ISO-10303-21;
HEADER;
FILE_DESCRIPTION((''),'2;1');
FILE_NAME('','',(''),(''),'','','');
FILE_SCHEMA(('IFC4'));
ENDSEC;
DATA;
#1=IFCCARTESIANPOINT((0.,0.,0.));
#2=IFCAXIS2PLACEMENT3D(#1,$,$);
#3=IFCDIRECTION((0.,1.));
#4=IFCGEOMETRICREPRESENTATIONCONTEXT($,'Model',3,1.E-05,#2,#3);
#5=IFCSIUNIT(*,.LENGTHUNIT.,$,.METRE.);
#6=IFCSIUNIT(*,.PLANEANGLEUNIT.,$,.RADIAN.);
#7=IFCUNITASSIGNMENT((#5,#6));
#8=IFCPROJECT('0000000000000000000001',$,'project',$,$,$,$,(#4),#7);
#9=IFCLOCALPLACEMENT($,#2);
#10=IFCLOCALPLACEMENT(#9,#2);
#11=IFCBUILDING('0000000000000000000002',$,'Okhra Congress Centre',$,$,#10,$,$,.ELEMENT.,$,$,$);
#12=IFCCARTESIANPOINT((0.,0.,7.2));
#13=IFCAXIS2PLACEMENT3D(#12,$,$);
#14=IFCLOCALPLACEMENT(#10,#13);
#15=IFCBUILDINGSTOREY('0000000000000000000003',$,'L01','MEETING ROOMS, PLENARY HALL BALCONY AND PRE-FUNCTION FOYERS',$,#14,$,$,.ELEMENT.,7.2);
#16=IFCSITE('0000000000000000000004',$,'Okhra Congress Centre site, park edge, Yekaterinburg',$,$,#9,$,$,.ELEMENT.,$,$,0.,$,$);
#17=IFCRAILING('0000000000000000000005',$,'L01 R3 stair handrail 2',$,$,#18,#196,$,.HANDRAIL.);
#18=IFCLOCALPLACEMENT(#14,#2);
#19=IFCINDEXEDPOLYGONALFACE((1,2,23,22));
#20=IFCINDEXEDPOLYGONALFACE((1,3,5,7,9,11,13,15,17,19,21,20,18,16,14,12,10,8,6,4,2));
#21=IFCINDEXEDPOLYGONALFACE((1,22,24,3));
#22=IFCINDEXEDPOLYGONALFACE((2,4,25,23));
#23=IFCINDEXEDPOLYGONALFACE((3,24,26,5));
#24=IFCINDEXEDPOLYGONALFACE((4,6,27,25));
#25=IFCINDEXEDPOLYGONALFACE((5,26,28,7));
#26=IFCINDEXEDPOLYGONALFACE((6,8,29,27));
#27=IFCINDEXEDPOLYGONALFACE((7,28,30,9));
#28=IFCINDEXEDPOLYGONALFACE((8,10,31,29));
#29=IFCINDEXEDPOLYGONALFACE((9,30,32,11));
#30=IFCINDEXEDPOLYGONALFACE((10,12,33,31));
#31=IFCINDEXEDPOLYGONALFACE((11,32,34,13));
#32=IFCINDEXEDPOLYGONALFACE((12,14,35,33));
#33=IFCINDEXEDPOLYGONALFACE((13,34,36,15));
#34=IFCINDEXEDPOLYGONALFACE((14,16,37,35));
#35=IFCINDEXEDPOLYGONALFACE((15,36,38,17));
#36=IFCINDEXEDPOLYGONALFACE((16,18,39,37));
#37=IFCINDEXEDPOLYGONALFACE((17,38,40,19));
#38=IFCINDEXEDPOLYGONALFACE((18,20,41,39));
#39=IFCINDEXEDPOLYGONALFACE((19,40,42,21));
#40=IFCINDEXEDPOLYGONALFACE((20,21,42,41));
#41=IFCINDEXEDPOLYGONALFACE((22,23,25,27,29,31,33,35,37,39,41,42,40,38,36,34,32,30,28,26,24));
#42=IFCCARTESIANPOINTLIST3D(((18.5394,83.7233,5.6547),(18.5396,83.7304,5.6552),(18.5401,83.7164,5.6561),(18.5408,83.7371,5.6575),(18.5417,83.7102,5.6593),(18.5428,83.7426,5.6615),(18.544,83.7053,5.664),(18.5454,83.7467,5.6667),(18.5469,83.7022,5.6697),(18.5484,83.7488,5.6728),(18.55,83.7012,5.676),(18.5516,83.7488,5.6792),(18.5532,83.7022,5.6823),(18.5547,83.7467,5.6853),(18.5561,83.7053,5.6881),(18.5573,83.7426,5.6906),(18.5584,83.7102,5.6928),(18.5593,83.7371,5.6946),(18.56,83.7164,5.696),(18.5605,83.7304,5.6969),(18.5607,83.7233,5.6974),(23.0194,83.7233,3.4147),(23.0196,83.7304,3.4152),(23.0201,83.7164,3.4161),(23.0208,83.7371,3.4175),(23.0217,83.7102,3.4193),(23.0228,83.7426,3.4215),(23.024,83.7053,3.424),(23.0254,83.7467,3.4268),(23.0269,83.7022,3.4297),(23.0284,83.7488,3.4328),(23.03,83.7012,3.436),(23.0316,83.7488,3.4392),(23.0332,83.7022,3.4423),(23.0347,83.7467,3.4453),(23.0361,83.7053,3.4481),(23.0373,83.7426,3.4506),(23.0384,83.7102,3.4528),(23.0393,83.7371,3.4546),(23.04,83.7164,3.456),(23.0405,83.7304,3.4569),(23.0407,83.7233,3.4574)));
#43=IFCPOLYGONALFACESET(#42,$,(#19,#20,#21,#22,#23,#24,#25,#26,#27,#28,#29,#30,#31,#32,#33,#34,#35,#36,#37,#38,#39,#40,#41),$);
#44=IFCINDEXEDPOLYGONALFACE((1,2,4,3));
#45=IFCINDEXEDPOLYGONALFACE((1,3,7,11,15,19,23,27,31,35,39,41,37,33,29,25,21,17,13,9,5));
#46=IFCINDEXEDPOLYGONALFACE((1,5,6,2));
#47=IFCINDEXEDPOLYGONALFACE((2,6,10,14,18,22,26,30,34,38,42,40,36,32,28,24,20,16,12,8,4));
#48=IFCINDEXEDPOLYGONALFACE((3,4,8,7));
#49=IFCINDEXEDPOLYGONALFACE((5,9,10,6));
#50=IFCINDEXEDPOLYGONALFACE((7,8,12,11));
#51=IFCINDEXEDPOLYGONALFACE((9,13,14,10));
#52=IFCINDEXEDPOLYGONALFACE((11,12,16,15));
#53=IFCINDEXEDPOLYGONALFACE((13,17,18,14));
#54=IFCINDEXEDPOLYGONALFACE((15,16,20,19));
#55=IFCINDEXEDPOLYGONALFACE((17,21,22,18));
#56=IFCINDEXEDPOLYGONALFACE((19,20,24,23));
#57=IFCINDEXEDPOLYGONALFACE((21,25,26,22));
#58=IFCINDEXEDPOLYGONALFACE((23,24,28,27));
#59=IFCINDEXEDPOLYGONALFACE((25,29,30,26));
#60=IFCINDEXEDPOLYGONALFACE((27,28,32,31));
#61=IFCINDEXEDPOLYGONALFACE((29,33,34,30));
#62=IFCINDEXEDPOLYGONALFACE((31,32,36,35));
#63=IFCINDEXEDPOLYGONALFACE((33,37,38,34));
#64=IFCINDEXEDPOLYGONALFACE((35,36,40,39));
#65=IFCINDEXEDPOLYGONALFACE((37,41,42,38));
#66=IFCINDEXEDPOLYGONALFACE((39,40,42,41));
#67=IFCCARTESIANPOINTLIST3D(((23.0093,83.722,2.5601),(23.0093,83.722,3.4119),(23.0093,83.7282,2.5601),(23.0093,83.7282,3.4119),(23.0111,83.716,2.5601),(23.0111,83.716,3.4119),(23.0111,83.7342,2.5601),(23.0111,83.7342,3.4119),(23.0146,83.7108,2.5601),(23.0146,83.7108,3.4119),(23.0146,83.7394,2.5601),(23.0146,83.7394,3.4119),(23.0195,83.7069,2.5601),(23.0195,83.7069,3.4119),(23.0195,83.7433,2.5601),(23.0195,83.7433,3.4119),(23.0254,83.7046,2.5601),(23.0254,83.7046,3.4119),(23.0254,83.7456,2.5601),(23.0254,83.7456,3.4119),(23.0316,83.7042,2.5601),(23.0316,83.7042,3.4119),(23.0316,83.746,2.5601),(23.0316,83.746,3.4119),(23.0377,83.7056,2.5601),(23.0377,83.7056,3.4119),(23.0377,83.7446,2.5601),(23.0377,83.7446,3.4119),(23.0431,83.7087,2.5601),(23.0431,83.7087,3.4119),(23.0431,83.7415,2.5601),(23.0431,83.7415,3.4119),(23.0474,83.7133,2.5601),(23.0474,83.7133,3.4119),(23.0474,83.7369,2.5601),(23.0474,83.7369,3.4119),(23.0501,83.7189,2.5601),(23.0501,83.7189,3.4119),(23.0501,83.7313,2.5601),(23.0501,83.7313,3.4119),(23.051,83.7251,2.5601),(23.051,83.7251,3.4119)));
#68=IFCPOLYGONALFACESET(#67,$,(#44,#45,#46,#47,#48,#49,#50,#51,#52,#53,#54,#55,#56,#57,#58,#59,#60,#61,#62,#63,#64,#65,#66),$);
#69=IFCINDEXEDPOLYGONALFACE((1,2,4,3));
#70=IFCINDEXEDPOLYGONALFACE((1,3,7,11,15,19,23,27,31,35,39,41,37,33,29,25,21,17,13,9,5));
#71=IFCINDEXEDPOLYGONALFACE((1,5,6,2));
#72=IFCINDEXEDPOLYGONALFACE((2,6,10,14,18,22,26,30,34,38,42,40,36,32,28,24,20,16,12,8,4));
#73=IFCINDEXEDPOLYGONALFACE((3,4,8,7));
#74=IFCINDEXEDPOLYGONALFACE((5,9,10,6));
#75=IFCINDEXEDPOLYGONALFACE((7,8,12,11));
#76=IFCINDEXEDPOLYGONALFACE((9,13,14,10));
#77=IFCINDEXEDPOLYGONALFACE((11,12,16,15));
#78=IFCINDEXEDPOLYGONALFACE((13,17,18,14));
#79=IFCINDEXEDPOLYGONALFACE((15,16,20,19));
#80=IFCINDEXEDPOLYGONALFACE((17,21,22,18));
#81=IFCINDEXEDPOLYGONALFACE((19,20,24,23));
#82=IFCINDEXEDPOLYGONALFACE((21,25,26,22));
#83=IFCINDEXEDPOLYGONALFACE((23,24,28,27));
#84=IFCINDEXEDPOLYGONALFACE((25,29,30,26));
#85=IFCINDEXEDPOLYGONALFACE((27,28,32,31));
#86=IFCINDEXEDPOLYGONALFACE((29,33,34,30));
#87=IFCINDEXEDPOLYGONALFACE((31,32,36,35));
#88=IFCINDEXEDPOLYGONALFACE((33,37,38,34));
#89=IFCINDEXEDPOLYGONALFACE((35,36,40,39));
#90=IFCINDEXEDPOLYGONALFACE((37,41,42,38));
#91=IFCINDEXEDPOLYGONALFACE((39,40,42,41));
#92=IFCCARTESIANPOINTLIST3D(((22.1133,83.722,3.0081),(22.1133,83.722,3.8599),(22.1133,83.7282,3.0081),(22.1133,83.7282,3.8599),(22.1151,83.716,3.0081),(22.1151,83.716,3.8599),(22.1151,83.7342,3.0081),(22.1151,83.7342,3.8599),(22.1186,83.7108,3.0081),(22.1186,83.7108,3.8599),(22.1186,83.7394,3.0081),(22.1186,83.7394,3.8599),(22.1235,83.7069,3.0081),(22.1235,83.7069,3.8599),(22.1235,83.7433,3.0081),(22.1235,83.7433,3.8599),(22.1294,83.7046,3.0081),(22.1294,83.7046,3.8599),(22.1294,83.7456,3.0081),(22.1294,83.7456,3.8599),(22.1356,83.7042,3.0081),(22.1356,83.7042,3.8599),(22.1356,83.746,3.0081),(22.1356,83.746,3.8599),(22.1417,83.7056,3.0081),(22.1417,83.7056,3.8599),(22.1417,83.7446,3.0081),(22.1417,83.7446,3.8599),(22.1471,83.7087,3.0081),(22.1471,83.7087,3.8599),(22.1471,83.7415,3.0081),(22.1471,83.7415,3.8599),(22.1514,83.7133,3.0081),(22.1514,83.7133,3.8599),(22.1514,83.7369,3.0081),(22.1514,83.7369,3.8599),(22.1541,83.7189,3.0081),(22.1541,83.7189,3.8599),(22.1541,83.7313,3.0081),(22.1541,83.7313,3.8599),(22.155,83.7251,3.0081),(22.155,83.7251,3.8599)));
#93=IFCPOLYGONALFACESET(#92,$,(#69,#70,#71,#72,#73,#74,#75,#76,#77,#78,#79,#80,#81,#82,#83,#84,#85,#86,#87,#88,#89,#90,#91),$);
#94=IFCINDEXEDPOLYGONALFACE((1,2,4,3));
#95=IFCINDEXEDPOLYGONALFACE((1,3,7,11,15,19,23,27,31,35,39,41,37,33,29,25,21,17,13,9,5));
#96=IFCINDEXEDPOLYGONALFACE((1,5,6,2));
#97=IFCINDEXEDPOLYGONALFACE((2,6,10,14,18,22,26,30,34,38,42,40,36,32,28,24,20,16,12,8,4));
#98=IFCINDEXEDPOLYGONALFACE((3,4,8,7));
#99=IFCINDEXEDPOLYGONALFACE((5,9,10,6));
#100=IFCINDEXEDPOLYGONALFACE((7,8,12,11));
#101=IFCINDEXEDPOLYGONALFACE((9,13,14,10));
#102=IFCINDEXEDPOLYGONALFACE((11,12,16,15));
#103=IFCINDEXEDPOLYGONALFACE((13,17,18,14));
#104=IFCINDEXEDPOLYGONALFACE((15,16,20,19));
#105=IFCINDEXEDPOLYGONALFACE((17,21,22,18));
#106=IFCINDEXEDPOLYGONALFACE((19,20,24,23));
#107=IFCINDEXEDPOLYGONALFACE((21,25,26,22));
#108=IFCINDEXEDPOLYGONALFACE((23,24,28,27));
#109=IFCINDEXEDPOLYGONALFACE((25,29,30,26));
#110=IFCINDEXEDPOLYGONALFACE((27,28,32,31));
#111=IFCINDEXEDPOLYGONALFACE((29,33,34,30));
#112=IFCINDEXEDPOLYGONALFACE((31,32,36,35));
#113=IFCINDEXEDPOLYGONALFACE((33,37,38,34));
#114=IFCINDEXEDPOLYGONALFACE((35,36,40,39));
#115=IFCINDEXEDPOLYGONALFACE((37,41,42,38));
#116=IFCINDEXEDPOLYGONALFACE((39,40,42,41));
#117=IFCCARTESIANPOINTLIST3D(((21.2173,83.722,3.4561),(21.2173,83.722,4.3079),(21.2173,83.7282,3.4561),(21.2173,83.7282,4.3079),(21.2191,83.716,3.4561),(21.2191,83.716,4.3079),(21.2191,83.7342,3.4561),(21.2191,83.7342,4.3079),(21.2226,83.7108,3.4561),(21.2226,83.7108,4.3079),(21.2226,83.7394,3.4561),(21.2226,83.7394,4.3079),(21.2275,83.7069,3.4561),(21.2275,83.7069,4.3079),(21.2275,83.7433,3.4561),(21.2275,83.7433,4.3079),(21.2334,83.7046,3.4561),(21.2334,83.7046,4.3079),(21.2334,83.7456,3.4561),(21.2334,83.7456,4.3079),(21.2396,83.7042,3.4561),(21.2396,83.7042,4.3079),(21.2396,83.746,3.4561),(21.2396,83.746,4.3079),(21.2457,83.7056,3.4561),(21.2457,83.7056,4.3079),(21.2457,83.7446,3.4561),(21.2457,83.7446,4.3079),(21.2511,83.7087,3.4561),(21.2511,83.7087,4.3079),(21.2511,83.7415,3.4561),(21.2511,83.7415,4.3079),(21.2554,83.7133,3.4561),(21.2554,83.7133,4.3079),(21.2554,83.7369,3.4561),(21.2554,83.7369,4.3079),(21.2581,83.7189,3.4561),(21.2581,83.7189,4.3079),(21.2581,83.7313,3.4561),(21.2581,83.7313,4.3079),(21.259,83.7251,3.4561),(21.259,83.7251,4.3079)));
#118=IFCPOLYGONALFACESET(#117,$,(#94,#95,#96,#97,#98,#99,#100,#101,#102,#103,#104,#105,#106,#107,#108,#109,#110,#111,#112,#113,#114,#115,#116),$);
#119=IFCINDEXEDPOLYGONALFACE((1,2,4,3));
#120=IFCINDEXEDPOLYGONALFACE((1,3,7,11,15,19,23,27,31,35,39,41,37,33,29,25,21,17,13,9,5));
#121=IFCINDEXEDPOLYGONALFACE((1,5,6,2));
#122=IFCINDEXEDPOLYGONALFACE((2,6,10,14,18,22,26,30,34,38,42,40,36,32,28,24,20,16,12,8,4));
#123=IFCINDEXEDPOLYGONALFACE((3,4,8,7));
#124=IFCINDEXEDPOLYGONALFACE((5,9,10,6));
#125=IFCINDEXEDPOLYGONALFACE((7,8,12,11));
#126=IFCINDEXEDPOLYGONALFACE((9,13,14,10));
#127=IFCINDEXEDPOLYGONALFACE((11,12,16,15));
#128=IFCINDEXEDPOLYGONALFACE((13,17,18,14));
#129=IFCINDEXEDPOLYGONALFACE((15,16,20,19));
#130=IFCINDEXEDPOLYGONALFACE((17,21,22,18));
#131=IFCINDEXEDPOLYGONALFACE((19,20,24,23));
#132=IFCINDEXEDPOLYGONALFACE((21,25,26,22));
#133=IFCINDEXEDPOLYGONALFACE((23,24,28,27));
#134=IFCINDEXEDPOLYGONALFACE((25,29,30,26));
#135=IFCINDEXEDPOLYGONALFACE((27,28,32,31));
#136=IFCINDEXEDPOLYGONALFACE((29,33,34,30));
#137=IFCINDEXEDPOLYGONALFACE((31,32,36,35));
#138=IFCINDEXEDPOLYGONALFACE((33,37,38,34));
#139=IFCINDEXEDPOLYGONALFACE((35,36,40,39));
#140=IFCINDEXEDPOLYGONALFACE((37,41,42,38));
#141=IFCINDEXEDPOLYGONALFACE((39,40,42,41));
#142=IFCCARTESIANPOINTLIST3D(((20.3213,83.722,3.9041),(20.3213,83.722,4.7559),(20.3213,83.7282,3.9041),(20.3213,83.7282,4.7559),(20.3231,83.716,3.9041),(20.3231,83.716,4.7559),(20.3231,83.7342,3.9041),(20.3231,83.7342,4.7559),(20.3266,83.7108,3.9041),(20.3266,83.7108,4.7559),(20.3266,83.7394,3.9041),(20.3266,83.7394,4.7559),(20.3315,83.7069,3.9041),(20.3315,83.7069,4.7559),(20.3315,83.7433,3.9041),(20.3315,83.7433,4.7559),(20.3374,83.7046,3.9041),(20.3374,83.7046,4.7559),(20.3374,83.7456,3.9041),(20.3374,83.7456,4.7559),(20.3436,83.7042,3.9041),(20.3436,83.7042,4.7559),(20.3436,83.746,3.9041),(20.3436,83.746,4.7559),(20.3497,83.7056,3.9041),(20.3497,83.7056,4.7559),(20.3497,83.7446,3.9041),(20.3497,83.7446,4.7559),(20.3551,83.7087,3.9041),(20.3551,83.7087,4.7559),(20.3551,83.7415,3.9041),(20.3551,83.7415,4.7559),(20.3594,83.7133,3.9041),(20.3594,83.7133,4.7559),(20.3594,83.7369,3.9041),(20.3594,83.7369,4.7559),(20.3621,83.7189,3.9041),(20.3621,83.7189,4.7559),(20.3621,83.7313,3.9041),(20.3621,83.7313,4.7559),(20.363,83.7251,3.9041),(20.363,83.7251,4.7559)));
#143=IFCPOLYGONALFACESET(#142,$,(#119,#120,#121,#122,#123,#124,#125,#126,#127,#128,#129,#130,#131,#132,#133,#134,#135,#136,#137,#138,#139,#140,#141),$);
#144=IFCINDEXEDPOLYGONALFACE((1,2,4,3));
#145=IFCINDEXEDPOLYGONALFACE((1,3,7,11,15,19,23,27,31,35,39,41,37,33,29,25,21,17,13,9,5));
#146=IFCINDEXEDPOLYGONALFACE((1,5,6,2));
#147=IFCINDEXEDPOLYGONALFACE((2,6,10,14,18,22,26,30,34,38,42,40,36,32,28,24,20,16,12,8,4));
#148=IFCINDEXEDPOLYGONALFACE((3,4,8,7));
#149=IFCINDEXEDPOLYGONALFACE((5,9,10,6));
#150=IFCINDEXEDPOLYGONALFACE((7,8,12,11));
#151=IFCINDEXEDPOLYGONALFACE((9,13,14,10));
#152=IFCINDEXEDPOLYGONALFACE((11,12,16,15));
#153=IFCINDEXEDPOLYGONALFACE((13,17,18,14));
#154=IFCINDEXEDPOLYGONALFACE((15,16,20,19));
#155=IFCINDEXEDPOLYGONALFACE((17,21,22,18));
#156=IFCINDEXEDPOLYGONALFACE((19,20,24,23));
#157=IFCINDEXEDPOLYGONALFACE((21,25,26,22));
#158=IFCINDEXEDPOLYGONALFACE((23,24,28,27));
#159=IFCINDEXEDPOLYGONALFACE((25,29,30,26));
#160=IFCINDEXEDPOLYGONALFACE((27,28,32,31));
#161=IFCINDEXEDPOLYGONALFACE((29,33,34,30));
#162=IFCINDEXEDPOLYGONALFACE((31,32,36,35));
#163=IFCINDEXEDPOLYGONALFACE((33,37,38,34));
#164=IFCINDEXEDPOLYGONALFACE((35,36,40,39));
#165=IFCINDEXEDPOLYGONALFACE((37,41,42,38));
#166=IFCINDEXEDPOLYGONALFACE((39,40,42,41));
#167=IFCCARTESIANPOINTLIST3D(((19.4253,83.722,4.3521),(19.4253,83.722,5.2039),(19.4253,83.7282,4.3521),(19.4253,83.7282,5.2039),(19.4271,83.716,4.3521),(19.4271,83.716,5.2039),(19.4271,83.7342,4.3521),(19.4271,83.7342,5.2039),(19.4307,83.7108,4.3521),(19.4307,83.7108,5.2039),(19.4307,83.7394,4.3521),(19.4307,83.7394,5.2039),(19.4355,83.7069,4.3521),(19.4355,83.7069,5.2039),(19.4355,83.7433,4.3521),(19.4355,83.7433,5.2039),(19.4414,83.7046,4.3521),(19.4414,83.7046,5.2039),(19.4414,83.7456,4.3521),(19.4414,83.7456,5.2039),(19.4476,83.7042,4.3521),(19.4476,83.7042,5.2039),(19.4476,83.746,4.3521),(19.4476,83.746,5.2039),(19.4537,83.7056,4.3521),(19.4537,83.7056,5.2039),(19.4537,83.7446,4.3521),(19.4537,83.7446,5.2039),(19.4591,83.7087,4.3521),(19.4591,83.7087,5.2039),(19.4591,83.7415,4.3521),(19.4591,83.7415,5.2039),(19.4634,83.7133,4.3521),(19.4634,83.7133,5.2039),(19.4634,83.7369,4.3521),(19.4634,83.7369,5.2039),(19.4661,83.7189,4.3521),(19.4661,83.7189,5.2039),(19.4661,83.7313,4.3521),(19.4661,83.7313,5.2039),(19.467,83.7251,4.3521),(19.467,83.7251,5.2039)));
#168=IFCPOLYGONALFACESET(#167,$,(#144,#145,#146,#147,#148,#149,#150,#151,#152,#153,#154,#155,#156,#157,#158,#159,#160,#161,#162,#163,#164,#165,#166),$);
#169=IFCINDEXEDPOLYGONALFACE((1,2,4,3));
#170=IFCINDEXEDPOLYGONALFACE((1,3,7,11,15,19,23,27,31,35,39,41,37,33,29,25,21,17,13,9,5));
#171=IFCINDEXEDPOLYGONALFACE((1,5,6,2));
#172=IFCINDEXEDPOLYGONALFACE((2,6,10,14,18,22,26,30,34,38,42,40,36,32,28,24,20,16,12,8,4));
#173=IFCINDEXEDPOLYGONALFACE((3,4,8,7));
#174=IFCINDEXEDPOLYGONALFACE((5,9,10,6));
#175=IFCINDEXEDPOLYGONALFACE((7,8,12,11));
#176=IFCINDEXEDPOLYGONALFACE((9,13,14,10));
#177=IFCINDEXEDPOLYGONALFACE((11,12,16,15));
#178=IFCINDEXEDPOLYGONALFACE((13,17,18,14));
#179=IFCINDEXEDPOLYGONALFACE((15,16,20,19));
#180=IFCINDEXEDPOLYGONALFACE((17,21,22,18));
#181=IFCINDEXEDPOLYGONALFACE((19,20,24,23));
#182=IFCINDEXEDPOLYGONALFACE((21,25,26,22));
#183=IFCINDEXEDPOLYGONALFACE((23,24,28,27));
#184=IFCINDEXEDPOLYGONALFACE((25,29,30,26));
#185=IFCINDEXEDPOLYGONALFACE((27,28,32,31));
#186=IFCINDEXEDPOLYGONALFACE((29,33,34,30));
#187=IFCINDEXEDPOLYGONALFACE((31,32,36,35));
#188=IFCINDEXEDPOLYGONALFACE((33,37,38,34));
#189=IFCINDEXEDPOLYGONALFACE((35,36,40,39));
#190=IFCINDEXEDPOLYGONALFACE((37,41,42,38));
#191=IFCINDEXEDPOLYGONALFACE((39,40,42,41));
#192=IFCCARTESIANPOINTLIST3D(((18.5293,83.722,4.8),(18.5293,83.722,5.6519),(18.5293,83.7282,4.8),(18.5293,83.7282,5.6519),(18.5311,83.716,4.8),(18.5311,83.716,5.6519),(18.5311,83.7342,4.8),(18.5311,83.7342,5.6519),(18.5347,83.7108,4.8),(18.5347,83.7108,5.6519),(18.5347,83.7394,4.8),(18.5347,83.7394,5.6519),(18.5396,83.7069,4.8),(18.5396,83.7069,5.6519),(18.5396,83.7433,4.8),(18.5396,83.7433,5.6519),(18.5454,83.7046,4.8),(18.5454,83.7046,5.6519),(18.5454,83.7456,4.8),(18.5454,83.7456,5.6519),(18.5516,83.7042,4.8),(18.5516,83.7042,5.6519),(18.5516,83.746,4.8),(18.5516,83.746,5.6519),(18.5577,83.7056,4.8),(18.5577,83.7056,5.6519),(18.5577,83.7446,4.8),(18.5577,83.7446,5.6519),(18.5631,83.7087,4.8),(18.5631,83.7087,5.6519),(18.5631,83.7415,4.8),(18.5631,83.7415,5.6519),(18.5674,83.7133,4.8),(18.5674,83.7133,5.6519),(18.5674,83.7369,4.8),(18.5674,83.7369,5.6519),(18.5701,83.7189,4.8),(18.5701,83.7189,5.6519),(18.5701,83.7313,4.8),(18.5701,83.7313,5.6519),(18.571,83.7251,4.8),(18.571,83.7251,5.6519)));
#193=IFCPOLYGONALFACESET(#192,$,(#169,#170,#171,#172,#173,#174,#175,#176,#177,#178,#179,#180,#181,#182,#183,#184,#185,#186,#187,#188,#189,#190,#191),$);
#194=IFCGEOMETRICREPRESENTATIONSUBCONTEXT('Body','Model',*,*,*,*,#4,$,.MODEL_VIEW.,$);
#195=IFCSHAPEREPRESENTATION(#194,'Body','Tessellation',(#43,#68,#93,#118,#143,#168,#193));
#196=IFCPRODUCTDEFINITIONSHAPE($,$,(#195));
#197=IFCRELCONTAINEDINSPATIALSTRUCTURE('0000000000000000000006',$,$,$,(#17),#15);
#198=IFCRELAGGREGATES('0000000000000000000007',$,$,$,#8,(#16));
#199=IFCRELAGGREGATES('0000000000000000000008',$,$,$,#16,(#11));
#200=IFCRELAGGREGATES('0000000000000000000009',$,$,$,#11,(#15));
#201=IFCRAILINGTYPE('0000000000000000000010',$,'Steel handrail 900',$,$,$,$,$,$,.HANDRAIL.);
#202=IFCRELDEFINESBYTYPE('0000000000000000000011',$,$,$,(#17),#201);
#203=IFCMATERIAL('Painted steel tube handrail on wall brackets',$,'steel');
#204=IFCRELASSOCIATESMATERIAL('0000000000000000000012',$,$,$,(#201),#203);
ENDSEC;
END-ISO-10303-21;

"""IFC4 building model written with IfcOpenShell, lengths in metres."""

from ifc_helpers import new_model, si_unit, direction, frame, origin, origin_2d, place, context, subcontext, project, spatial, circle, extrude, material, type_object, element, save


model = new_model("IFC4")

# Units and contexts
model_context = context("Model", 3, precision=1e-05, world=origin(), true_north=direction((0.0, 1.0)))
body_context = subcontext(model_context, "Body", "Model", "MODEL_VIEW")
ifc_project = project(units=[si_unit("LENGTHUNIT", "METRE"), si_unit("PLANEANGLEUNIT", "RADIAN")], contexts=[model_context])

# Site, building, storey
site_placement = place(None, origin())
site = spatial("IfcSite", under=ifc_project, at=site_placement, Name="Okhra Congress Centre site, park edge, Yekaterinburg", CompositionType="ELEMENT", RefElevation=0.0)
building_placement = place(site_placement, origin())
building = spatial("IfcBuilding", under=site, at=building_placement, Name="Okhra Congress Centre", CompositionType="ELEMENT")
storey_placement = place(building_placement, frame((0.0, 0.0, 7.2)))
storey = spatial("IfcBuildingStorey", under=building, at=storey_placement, Name="L01", Description="MEETING ROOMS, PLENARY HALL BALCONY AND PRE-FUNCTION FOYERS", CompositionType="ELEMENT", Elevation=7.2)

# Railing
ifc_material_1 = material(Name="Painted steel tube handrail on wall brackets", Category="steel")
railing_type_1 = type_object("IfcRailingType", Name="Steel handrail 900", PredefinedType="HANDRAIL", material=ifc_material_1)
for number, where, name in (
    (1, (23.03, 83.7251, 2.5601), "L01 R3 stair handrail 2"),
):
    element("IfcRailing", number, at=place(storey_placement, frame(where)), inside=storey, type_object=railing_type_1, Name=name, PredefinedType="HANDRAIL", context=body_context, shape_type="SweptSolid", body=[
        extrude(circle(Radius=0.0239, at=origin_2d()), frame((0.0, 0.0, 0.876), z_axis=(-0.894427, 0.0, 0.447214), x_axis=(0.0, -1.0, 0.0)), (0.0, 0.0, 1.0), 5.0088),
        extrude(circle(Radius=0.021, at=origin_2d()), origin(), (0.0, 0.0, 1.0), 0.8518),
        extrude(circle(Radius=0.021, at=origin_2d()), frame((-0.896, 0.0, 0.448)), (0.0, 0.0, 1.0), 0.8518),
        extrude(circle(Radius=0.021, at=origin_2d()), frame((-1.792, 0.0, 0.896)), (0.0, 0.0, 1.0), 0.8518),
        extrude(circle(Radius=0.021, at=origin_2d()), frame((-2.688, 0.0, 1.344)), (0.0, 0.0, 1.0), 0.8518),
        extrude(circle(Radius=0.021, at=origin_2d()), frame((-3.584, 0.0, 1.792)), (0.0, 0.0, 1.0), 0.8518),
        extrude(circle(Radius=0.021, at=origin_2d()), frame((-4.48, 0.0, 2.24)), (0.0, 0.0, 1.0), 0.8518),
    ])

save(model, "model.ifc")
